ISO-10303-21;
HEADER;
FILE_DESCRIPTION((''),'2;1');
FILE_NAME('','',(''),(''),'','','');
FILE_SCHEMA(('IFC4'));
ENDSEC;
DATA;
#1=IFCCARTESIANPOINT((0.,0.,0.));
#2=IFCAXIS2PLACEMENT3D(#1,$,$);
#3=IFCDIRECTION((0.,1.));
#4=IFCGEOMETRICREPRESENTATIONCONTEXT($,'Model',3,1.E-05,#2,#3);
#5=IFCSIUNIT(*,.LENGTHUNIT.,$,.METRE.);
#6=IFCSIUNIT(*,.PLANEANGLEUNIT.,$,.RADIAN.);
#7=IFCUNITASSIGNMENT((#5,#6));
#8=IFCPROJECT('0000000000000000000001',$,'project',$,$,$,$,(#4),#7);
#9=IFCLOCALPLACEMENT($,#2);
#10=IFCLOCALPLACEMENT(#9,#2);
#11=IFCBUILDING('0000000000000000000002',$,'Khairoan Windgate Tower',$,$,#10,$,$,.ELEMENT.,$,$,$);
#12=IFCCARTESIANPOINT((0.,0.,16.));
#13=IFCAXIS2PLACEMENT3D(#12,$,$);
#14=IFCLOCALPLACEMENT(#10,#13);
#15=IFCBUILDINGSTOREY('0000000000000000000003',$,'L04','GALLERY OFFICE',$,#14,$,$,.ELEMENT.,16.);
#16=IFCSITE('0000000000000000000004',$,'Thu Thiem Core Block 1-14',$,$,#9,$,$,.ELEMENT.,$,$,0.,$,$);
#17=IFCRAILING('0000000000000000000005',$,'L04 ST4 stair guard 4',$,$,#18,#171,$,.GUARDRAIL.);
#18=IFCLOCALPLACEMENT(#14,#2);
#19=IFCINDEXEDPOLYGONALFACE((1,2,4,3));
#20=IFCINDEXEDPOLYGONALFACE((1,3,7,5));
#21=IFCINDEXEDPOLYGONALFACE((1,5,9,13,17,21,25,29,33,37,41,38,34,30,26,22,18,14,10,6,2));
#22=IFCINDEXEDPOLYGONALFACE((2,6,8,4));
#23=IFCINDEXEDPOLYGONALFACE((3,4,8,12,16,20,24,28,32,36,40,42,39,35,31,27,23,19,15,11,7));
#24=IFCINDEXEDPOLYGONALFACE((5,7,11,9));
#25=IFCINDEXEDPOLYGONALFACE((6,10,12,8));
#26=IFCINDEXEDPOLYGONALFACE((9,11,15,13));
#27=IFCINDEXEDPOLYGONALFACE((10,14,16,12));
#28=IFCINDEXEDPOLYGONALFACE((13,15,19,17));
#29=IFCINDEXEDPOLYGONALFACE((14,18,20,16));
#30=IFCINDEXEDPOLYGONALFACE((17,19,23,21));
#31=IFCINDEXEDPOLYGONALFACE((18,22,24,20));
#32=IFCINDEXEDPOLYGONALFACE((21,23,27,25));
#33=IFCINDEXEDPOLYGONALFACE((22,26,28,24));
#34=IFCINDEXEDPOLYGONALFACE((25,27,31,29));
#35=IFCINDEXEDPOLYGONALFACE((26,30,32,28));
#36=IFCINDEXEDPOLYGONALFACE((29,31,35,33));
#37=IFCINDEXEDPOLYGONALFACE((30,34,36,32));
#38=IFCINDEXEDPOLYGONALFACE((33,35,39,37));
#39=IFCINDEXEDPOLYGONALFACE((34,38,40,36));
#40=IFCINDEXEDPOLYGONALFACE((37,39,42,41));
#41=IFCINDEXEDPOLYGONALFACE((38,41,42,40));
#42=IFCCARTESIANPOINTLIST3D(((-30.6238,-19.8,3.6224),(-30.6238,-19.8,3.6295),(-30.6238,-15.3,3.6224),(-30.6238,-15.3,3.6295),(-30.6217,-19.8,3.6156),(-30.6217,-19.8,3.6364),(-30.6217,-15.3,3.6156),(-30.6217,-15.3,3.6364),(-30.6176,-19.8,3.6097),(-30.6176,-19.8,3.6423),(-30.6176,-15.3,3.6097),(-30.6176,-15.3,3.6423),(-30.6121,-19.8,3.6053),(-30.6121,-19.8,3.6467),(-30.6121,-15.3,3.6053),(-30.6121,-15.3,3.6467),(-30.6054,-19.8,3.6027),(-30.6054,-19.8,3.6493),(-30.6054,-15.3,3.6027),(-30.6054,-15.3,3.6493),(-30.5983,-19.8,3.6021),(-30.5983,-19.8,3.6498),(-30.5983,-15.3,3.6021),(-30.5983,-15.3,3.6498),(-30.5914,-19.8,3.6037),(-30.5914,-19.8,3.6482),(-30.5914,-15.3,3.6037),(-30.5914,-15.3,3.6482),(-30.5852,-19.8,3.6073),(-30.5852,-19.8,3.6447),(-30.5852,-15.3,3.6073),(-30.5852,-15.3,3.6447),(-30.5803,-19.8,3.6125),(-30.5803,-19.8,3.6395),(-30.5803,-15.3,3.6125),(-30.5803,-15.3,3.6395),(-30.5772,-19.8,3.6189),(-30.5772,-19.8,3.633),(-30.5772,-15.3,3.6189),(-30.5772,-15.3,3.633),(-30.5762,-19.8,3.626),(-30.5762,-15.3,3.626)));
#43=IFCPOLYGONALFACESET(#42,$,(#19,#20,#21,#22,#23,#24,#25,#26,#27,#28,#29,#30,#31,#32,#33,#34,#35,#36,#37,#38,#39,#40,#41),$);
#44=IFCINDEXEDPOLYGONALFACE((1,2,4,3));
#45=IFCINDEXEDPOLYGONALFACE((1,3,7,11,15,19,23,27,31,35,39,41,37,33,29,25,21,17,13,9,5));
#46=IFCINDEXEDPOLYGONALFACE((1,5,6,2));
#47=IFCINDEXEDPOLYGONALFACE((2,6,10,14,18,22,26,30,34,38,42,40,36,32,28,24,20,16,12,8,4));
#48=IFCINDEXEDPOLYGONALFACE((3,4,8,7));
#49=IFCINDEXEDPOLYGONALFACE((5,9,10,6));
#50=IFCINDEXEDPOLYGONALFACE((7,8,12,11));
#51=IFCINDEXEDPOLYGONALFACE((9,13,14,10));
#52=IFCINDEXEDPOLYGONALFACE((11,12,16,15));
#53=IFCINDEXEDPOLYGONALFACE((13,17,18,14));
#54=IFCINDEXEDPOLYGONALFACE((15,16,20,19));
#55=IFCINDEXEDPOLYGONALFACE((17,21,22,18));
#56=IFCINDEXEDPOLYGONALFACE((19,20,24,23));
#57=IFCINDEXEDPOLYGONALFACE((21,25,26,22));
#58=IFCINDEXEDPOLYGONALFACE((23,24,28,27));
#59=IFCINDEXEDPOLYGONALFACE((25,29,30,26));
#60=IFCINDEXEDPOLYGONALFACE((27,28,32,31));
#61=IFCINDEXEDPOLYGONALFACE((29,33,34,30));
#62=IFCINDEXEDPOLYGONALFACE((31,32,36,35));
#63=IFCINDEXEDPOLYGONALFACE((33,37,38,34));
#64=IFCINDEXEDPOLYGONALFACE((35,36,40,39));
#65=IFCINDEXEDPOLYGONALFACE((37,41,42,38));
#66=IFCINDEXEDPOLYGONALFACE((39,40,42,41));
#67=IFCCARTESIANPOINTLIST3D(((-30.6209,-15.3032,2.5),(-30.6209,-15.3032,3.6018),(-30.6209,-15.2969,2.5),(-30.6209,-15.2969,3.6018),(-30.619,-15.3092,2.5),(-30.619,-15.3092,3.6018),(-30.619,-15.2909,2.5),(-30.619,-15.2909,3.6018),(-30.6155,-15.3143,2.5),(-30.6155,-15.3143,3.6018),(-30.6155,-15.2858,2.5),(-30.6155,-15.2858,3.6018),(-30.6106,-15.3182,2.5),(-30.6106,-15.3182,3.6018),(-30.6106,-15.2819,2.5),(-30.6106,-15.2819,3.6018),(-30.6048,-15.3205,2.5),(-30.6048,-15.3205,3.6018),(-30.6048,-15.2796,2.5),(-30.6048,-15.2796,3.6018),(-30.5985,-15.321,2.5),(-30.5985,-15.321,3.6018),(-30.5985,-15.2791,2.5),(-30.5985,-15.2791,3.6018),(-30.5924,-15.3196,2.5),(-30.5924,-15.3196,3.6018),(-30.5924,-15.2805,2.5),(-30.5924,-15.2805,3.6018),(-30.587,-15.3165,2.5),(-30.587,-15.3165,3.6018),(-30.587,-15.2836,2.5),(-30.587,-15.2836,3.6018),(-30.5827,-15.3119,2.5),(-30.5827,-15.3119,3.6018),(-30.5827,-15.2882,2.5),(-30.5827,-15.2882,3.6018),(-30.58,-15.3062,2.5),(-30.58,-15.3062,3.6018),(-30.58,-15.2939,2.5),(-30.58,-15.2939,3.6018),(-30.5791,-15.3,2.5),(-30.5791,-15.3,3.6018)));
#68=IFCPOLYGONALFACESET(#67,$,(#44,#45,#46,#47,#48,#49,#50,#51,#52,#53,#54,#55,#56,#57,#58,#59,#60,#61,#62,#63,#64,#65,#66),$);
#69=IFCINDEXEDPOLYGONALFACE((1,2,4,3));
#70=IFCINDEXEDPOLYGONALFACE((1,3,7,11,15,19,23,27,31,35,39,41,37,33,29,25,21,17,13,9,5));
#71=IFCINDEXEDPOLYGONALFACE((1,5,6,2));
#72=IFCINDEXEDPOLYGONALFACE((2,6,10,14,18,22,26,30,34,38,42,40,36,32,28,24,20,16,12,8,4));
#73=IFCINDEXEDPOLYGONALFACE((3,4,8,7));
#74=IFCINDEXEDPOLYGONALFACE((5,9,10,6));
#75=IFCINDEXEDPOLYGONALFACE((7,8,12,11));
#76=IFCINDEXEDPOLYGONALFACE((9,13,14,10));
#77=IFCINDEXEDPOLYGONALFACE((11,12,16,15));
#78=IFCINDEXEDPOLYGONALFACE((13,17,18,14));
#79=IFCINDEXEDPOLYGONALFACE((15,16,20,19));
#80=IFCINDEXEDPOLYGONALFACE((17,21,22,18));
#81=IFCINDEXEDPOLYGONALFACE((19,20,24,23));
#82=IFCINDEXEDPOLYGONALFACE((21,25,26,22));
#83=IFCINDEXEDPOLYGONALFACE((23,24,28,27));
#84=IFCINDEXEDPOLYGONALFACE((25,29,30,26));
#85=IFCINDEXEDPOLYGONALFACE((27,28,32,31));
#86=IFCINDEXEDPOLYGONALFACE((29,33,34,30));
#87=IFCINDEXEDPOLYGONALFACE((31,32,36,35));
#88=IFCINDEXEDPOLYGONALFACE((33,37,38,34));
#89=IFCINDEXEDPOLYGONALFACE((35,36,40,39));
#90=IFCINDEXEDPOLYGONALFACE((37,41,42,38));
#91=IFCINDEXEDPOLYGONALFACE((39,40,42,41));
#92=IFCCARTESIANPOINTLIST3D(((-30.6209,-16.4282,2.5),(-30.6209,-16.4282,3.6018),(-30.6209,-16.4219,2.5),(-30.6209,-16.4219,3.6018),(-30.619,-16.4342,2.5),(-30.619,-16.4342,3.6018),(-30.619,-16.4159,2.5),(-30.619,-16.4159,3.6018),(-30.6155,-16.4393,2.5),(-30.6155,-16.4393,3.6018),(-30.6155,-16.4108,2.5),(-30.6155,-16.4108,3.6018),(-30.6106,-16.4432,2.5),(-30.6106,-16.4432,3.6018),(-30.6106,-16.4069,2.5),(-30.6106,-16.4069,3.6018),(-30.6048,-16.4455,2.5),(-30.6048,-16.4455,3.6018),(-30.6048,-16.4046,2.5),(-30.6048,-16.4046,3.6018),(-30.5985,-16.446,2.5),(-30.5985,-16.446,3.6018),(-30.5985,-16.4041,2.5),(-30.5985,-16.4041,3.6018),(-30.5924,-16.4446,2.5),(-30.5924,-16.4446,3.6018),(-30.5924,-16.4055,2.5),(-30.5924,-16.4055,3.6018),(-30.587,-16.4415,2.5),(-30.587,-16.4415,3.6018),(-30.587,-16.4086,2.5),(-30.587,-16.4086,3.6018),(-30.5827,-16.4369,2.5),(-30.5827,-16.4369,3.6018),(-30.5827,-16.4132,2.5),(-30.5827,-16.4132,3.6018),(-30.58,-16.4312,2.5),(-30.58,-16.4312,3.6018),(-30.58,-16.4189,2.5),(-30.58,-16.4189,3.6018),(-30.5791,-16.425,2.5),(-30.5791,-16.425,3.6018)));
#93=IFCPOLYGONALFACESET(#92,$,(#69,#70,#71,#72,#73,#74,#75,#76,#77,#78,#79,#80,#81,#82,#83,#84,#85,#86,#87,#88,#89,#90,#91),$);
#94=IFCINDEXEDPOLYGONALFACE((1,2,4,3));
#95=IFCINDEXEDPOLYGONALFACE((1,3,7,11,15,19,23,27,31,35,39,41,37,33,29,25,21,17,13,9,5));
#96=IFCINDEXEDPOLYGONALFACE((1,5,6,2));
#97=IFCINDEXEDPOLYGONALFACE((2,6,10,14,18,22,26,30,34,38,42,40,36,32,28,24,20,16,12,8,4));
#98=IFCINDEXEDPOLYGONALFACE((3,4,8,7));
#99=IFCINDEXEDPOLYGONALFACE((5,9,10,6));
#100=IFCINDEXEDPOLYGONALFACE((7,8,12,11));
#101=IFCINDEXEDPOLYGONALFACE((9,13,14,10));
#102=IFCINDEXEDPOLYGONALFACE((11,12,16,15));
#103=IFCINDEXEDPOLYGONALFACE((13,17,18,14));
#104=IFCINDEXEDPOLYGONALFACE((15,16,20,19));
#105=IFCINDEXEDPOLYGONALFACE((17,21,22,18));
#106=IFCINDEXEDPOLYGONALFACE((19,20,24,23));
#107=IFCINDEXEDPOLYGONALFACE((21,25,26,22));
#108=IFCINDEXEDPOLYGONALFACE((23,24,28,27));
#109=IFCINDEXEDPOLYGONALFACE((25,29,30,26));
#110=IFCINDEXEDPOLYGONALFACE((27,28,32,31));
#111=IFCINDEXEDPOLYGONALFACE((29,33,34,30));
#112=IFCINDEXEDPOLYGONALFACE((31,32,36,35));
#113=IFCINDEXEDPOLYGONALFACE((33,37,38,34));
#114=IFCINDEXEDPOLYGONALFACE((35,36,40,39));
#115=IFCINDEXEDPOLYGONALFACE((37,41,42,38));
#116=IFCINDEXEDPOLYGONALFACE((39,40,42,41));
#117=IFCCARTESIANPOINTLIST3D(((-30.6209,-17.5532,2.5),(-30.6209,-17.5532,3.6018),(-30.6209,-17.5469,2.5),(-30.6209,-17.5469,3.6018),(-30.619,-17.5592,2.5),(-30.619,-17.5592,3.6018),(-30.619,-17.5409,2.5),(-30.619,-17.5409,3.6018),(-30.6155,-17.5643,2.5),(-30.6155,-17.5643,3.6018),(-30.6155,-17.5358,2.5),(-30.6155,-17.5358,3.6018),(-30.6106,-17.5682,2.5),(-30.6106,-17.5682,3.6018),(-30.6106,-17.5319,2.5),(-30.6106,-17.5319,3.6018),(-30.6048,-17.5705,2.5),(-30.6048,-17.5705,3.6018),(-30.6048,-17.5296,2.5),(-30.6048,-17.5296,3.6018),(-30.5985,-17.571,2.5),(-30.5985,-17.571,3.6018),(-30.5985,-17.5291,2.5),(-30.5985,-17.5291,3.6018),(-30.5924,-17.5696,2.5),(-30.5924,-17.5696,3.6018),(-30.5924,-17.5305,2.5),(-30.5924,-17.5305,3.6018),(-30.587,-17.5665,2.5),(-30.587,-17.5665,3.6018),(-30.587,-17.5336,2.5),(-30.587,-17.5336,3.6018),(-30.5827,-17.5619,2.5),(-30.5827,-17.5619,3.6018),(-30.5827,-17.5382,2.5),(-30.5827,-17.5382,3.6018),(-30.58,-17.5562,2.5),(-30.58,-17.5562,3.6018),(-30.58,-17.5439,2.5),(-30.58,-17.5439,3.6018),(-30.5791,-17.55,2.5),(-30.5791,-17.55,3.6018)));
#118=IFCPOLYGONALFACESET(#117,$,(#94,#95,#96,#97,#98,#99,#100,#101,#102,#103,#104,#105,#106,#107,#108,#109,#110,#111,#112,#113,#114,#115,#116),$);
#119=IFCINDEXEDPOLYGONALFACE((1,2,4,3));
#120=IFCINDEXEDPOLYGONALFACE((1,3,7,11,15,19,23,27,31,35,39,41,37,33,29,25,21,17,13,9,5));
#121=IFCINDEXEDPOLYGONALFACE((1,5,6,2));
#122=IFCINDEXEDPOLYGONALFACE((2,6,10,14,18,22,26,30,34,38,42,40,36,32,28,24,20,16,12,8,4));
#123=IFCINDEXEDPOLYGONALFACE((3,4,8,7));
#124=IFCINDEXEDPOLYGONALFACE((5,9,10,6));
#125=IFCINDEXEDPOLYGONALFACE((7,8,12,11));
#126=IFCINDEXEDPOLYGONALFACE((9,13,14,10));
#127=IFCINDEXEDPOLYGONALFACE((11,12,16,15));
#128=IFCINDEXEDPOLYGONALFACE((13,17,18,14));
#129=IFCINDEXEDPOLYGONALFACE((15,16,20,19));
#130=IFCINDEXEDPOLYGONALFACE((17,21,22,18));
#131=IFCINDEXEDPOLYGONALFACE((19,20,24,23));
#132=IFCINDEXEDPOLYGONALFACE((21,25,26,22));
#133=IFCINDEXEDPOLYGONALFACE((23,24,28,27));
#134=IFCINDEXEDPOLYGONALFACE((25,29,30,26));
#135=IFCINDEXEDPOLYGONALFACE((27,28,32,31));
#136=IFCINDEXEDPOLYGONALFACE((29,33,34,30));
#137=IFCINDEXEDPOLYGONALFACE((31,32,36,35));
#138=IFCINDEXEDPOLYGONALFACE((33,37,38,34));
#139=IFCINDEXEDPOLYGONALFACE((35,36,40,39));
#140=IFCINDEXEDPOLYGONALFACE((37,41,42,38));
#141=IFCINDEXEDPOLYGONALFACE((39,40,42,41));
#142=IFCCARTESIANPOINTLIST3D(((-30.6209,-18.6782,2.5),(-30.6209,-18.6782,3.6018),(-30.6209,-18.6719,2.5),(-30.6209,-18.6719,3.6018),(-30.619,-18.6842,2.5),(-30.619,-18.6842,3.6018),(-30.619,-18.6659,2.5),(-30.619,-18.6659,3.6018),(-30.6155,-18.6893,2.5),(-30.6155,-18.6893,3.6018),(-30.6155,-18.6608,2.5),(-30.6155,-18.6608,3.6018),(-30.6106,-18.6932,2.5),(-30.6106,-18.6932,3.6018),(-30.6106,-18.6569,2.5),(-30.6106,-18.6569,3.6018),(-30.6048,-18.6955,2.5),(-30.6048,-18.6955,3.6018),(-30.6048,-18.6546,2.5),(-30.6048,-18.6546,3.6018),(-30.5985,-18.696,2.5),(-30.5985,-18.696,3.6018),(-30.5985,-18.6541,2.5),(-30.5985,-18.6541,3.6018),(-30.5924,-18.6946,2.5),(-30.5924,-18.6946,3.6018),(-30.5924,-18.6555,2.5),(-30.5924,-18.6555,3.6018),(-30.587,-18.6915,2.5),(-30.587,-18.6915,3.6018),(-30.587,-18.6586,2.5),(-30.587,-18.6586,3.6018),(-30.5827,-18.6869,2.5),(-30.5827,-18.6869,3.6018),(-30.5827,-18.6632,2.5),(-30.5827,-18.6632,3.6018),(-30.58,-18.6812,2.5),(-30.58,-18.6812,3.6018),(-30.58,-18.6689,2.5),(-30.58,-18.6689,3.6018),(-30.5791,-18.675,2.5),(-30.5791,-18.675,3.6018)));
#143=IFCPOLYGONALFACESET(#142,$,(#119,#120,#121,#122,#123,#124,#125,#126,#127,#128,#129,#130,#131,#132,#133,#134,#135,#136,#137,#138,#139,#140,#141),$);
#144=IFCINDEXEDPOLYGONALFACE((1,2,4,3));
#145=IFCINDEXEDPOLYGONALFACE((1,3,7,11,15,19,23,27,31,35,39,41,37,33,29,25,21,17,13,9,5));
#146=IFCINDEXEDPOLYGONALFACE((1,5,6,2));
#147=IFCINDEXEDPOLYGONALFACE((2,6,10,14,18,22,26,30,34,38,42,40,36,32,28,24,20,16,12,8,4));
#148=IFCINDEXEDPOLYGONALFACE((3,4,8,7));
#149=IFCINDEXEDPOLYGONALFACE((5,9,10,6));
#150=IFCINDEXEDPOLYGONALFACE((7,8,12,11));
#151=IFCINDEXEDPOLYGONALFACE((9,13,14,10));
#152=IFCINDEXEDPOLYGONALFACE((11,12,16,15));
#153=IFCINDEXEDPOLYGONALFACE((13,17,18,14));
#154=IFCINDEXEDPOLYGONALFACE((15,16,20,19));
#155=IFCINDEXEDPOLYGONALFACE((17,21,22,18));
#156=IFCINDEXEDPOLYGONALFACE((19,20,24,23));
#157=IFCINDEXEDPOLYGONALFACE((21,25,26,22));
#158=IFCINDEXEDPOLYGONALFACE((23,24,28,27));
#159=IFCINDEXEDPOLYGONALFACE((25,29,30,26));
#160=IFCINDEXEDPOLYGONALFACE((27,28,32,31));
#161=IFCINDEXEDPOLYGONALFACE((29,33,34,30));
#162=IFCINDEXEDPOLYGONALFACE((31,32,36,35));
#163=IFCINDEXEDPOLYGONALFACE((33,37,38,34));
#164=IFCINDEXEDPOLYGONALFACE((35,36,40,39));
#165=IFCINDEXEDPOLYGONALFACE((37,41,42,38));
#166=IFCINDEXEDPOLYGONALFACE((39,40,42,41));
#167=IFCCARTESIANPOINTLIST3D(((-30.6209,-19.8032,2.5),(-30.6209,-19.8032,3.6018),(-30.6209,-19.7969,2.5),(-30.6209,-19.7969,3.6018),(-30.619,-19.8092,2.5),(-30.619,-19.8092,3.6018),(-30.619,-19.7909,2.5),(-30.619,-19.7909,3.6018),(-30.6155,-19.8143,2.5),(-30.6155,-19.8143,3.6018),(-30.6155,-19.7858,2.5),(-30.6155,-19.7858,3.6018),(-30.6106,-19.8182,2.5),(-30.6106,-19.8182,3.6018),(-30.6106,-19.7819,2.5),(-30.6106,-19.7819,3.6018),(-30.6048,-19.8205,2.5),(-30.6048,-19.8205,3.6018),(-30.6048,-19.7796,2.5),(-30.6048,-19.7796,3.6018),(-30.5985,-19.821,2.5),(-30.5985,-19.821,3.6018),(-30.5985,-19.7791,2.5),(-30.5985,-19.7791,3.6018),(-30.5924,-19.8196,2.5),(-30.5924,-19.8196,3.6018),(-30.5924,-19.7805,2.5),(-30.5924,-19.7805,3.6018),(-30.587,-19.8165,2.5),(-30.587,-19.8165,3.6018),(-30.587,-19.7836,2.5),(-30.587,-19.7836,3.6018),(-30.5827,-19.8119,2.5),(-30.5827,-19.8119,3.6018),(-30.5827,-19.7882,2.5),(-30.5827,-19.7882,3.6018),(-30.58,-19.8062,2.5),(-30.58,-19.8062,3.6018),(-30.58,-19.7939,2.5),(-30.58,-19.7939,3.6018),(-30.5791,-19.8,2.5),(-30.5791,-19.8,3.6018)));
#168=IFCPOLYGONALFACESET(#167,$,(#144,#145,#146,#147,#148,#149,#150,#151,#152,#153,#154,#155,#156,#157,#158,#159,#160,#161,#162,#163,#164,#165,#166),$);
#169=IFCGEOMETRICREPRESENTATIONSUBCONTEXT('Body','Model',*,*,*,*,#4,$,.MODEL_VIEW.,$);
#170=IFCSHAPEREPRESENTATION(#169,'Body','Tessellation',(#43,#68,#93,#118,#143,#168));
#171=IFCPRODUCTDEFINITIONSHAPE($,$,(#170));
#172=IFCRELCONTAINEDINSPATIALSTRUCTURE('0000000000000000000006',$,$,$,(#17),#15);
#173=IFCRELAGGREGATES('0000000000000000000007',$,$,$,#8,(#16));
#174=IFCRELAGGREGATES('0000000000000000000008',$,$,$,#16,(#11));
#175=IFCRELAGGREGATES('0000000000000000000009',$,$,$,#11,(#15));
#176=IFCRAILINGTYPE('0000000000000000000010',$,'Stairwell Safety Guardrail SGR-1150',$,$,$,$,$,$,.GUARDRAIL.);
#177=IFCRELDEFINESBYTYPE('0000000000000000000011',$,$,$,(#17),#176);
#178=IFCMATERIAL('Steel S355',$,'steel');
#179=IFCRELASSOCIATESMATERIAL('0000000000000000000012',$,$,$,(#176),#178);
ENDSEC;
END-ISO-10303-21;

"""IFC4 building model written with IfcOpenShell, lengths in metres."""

from ifc_helpers import new_model, si_unit, direction, frame, origin, origin_2d, place, context, subcontext, project, spatial, circle, extrude, material, type_object, element, save


model = new_model("IFC4")

# Units and contexts
model_context = context("Model", 3, precision=1e-05, world=origin(), true_north=direction((0.0, 1.0)))
body_context = subcontext(model_context, "Body", "Model", "MODEL_VIEW")
ifc_project = project(units=[si_unit("LENGTHUNIT", "METRE"), si_unit("PLANEANGLEUNIT", "RADIAN")], contexts=[model_context])

# Site, building, storey
site_placement = place(None, origin())
site = spatial("IfcSite", under=ifc_project, at=site_placement, Name="Thu Thiem Core Block 1-14", CompositionType="ELEMENT", RefElevation=0.0)
building_placement = place(site_placement, origin())
building = spatial("IfcBuilding", under=site, at=building_placement, Name="Khairoan Windgate Tower", CompositionType="ELEMENT")
storey_placement = place(building_placement, frame((0.0, 0.0, 16.0)))
storey = spatial("IfcBuildingStorey", under=building, at=storey_placement, Name="L04", Description="GALLERY OFFICE", CompositionType="ELEMENT", Elevation=16.0)

# Railing
ifc_material_1 = material(Name="Steel S355", Category="steel")
railing_type_1 = type_object("IfcRailingType", Name="Stairwell Safety Guardrail SGR-1150", PredefinedType="GUARDRAIL", material=ifc_material_1)
for number, where, name in (
    (1, (-30.6001, -15.3, 2.5), "L04 ST4 stair guard 4"),
):
    element("IfcRailing", number, at=place(storey_placement, frame(where)), inside=storey, type_object=railing_type_1, Name=name, PredefinedType="GUARDRAIL", context=body_context, shape_type="SweptSolid", body=[
        extrude(circle(Radius=0.0239, at=origin_2d()), frame((0.0, 0.0, 1.126), z_axis=(0.0, -1.0, 0.0), x_axis=(1.0, 0.0, 0.0)), (0.0, 0.0, 1.0), 4.5),
        extrude(circle(Radius=0.021, at=origin_2d()), origin(), (0.0, 0.0, 1.0), 1.1018),
        extrude(circle(Radius=0.021, at=origin_2d()), frame((0.0, -1.125, 0.0)), (0.0, 0.0, 1.0), 1.1018),
        extrude(circle(Radius=0.021, at=origin_2d()), frame((0.0, -2.25, 0.0)), (0.0, 0.0, 1.0), 1.1018),
        extrude(circle(Radius=0.021, at=origin_2d()), frame((0.0, -3.375, 0.0)), (0.0, 0.0, 1.0), 1.1018),
        extrude(circle(Radius=0.021, at=origin_2d()), frame((0.0, -4.5, 0.0)), (0.0, 0.0, 1.0), 1.1018),
    ])

save(model, "model.ifc")
